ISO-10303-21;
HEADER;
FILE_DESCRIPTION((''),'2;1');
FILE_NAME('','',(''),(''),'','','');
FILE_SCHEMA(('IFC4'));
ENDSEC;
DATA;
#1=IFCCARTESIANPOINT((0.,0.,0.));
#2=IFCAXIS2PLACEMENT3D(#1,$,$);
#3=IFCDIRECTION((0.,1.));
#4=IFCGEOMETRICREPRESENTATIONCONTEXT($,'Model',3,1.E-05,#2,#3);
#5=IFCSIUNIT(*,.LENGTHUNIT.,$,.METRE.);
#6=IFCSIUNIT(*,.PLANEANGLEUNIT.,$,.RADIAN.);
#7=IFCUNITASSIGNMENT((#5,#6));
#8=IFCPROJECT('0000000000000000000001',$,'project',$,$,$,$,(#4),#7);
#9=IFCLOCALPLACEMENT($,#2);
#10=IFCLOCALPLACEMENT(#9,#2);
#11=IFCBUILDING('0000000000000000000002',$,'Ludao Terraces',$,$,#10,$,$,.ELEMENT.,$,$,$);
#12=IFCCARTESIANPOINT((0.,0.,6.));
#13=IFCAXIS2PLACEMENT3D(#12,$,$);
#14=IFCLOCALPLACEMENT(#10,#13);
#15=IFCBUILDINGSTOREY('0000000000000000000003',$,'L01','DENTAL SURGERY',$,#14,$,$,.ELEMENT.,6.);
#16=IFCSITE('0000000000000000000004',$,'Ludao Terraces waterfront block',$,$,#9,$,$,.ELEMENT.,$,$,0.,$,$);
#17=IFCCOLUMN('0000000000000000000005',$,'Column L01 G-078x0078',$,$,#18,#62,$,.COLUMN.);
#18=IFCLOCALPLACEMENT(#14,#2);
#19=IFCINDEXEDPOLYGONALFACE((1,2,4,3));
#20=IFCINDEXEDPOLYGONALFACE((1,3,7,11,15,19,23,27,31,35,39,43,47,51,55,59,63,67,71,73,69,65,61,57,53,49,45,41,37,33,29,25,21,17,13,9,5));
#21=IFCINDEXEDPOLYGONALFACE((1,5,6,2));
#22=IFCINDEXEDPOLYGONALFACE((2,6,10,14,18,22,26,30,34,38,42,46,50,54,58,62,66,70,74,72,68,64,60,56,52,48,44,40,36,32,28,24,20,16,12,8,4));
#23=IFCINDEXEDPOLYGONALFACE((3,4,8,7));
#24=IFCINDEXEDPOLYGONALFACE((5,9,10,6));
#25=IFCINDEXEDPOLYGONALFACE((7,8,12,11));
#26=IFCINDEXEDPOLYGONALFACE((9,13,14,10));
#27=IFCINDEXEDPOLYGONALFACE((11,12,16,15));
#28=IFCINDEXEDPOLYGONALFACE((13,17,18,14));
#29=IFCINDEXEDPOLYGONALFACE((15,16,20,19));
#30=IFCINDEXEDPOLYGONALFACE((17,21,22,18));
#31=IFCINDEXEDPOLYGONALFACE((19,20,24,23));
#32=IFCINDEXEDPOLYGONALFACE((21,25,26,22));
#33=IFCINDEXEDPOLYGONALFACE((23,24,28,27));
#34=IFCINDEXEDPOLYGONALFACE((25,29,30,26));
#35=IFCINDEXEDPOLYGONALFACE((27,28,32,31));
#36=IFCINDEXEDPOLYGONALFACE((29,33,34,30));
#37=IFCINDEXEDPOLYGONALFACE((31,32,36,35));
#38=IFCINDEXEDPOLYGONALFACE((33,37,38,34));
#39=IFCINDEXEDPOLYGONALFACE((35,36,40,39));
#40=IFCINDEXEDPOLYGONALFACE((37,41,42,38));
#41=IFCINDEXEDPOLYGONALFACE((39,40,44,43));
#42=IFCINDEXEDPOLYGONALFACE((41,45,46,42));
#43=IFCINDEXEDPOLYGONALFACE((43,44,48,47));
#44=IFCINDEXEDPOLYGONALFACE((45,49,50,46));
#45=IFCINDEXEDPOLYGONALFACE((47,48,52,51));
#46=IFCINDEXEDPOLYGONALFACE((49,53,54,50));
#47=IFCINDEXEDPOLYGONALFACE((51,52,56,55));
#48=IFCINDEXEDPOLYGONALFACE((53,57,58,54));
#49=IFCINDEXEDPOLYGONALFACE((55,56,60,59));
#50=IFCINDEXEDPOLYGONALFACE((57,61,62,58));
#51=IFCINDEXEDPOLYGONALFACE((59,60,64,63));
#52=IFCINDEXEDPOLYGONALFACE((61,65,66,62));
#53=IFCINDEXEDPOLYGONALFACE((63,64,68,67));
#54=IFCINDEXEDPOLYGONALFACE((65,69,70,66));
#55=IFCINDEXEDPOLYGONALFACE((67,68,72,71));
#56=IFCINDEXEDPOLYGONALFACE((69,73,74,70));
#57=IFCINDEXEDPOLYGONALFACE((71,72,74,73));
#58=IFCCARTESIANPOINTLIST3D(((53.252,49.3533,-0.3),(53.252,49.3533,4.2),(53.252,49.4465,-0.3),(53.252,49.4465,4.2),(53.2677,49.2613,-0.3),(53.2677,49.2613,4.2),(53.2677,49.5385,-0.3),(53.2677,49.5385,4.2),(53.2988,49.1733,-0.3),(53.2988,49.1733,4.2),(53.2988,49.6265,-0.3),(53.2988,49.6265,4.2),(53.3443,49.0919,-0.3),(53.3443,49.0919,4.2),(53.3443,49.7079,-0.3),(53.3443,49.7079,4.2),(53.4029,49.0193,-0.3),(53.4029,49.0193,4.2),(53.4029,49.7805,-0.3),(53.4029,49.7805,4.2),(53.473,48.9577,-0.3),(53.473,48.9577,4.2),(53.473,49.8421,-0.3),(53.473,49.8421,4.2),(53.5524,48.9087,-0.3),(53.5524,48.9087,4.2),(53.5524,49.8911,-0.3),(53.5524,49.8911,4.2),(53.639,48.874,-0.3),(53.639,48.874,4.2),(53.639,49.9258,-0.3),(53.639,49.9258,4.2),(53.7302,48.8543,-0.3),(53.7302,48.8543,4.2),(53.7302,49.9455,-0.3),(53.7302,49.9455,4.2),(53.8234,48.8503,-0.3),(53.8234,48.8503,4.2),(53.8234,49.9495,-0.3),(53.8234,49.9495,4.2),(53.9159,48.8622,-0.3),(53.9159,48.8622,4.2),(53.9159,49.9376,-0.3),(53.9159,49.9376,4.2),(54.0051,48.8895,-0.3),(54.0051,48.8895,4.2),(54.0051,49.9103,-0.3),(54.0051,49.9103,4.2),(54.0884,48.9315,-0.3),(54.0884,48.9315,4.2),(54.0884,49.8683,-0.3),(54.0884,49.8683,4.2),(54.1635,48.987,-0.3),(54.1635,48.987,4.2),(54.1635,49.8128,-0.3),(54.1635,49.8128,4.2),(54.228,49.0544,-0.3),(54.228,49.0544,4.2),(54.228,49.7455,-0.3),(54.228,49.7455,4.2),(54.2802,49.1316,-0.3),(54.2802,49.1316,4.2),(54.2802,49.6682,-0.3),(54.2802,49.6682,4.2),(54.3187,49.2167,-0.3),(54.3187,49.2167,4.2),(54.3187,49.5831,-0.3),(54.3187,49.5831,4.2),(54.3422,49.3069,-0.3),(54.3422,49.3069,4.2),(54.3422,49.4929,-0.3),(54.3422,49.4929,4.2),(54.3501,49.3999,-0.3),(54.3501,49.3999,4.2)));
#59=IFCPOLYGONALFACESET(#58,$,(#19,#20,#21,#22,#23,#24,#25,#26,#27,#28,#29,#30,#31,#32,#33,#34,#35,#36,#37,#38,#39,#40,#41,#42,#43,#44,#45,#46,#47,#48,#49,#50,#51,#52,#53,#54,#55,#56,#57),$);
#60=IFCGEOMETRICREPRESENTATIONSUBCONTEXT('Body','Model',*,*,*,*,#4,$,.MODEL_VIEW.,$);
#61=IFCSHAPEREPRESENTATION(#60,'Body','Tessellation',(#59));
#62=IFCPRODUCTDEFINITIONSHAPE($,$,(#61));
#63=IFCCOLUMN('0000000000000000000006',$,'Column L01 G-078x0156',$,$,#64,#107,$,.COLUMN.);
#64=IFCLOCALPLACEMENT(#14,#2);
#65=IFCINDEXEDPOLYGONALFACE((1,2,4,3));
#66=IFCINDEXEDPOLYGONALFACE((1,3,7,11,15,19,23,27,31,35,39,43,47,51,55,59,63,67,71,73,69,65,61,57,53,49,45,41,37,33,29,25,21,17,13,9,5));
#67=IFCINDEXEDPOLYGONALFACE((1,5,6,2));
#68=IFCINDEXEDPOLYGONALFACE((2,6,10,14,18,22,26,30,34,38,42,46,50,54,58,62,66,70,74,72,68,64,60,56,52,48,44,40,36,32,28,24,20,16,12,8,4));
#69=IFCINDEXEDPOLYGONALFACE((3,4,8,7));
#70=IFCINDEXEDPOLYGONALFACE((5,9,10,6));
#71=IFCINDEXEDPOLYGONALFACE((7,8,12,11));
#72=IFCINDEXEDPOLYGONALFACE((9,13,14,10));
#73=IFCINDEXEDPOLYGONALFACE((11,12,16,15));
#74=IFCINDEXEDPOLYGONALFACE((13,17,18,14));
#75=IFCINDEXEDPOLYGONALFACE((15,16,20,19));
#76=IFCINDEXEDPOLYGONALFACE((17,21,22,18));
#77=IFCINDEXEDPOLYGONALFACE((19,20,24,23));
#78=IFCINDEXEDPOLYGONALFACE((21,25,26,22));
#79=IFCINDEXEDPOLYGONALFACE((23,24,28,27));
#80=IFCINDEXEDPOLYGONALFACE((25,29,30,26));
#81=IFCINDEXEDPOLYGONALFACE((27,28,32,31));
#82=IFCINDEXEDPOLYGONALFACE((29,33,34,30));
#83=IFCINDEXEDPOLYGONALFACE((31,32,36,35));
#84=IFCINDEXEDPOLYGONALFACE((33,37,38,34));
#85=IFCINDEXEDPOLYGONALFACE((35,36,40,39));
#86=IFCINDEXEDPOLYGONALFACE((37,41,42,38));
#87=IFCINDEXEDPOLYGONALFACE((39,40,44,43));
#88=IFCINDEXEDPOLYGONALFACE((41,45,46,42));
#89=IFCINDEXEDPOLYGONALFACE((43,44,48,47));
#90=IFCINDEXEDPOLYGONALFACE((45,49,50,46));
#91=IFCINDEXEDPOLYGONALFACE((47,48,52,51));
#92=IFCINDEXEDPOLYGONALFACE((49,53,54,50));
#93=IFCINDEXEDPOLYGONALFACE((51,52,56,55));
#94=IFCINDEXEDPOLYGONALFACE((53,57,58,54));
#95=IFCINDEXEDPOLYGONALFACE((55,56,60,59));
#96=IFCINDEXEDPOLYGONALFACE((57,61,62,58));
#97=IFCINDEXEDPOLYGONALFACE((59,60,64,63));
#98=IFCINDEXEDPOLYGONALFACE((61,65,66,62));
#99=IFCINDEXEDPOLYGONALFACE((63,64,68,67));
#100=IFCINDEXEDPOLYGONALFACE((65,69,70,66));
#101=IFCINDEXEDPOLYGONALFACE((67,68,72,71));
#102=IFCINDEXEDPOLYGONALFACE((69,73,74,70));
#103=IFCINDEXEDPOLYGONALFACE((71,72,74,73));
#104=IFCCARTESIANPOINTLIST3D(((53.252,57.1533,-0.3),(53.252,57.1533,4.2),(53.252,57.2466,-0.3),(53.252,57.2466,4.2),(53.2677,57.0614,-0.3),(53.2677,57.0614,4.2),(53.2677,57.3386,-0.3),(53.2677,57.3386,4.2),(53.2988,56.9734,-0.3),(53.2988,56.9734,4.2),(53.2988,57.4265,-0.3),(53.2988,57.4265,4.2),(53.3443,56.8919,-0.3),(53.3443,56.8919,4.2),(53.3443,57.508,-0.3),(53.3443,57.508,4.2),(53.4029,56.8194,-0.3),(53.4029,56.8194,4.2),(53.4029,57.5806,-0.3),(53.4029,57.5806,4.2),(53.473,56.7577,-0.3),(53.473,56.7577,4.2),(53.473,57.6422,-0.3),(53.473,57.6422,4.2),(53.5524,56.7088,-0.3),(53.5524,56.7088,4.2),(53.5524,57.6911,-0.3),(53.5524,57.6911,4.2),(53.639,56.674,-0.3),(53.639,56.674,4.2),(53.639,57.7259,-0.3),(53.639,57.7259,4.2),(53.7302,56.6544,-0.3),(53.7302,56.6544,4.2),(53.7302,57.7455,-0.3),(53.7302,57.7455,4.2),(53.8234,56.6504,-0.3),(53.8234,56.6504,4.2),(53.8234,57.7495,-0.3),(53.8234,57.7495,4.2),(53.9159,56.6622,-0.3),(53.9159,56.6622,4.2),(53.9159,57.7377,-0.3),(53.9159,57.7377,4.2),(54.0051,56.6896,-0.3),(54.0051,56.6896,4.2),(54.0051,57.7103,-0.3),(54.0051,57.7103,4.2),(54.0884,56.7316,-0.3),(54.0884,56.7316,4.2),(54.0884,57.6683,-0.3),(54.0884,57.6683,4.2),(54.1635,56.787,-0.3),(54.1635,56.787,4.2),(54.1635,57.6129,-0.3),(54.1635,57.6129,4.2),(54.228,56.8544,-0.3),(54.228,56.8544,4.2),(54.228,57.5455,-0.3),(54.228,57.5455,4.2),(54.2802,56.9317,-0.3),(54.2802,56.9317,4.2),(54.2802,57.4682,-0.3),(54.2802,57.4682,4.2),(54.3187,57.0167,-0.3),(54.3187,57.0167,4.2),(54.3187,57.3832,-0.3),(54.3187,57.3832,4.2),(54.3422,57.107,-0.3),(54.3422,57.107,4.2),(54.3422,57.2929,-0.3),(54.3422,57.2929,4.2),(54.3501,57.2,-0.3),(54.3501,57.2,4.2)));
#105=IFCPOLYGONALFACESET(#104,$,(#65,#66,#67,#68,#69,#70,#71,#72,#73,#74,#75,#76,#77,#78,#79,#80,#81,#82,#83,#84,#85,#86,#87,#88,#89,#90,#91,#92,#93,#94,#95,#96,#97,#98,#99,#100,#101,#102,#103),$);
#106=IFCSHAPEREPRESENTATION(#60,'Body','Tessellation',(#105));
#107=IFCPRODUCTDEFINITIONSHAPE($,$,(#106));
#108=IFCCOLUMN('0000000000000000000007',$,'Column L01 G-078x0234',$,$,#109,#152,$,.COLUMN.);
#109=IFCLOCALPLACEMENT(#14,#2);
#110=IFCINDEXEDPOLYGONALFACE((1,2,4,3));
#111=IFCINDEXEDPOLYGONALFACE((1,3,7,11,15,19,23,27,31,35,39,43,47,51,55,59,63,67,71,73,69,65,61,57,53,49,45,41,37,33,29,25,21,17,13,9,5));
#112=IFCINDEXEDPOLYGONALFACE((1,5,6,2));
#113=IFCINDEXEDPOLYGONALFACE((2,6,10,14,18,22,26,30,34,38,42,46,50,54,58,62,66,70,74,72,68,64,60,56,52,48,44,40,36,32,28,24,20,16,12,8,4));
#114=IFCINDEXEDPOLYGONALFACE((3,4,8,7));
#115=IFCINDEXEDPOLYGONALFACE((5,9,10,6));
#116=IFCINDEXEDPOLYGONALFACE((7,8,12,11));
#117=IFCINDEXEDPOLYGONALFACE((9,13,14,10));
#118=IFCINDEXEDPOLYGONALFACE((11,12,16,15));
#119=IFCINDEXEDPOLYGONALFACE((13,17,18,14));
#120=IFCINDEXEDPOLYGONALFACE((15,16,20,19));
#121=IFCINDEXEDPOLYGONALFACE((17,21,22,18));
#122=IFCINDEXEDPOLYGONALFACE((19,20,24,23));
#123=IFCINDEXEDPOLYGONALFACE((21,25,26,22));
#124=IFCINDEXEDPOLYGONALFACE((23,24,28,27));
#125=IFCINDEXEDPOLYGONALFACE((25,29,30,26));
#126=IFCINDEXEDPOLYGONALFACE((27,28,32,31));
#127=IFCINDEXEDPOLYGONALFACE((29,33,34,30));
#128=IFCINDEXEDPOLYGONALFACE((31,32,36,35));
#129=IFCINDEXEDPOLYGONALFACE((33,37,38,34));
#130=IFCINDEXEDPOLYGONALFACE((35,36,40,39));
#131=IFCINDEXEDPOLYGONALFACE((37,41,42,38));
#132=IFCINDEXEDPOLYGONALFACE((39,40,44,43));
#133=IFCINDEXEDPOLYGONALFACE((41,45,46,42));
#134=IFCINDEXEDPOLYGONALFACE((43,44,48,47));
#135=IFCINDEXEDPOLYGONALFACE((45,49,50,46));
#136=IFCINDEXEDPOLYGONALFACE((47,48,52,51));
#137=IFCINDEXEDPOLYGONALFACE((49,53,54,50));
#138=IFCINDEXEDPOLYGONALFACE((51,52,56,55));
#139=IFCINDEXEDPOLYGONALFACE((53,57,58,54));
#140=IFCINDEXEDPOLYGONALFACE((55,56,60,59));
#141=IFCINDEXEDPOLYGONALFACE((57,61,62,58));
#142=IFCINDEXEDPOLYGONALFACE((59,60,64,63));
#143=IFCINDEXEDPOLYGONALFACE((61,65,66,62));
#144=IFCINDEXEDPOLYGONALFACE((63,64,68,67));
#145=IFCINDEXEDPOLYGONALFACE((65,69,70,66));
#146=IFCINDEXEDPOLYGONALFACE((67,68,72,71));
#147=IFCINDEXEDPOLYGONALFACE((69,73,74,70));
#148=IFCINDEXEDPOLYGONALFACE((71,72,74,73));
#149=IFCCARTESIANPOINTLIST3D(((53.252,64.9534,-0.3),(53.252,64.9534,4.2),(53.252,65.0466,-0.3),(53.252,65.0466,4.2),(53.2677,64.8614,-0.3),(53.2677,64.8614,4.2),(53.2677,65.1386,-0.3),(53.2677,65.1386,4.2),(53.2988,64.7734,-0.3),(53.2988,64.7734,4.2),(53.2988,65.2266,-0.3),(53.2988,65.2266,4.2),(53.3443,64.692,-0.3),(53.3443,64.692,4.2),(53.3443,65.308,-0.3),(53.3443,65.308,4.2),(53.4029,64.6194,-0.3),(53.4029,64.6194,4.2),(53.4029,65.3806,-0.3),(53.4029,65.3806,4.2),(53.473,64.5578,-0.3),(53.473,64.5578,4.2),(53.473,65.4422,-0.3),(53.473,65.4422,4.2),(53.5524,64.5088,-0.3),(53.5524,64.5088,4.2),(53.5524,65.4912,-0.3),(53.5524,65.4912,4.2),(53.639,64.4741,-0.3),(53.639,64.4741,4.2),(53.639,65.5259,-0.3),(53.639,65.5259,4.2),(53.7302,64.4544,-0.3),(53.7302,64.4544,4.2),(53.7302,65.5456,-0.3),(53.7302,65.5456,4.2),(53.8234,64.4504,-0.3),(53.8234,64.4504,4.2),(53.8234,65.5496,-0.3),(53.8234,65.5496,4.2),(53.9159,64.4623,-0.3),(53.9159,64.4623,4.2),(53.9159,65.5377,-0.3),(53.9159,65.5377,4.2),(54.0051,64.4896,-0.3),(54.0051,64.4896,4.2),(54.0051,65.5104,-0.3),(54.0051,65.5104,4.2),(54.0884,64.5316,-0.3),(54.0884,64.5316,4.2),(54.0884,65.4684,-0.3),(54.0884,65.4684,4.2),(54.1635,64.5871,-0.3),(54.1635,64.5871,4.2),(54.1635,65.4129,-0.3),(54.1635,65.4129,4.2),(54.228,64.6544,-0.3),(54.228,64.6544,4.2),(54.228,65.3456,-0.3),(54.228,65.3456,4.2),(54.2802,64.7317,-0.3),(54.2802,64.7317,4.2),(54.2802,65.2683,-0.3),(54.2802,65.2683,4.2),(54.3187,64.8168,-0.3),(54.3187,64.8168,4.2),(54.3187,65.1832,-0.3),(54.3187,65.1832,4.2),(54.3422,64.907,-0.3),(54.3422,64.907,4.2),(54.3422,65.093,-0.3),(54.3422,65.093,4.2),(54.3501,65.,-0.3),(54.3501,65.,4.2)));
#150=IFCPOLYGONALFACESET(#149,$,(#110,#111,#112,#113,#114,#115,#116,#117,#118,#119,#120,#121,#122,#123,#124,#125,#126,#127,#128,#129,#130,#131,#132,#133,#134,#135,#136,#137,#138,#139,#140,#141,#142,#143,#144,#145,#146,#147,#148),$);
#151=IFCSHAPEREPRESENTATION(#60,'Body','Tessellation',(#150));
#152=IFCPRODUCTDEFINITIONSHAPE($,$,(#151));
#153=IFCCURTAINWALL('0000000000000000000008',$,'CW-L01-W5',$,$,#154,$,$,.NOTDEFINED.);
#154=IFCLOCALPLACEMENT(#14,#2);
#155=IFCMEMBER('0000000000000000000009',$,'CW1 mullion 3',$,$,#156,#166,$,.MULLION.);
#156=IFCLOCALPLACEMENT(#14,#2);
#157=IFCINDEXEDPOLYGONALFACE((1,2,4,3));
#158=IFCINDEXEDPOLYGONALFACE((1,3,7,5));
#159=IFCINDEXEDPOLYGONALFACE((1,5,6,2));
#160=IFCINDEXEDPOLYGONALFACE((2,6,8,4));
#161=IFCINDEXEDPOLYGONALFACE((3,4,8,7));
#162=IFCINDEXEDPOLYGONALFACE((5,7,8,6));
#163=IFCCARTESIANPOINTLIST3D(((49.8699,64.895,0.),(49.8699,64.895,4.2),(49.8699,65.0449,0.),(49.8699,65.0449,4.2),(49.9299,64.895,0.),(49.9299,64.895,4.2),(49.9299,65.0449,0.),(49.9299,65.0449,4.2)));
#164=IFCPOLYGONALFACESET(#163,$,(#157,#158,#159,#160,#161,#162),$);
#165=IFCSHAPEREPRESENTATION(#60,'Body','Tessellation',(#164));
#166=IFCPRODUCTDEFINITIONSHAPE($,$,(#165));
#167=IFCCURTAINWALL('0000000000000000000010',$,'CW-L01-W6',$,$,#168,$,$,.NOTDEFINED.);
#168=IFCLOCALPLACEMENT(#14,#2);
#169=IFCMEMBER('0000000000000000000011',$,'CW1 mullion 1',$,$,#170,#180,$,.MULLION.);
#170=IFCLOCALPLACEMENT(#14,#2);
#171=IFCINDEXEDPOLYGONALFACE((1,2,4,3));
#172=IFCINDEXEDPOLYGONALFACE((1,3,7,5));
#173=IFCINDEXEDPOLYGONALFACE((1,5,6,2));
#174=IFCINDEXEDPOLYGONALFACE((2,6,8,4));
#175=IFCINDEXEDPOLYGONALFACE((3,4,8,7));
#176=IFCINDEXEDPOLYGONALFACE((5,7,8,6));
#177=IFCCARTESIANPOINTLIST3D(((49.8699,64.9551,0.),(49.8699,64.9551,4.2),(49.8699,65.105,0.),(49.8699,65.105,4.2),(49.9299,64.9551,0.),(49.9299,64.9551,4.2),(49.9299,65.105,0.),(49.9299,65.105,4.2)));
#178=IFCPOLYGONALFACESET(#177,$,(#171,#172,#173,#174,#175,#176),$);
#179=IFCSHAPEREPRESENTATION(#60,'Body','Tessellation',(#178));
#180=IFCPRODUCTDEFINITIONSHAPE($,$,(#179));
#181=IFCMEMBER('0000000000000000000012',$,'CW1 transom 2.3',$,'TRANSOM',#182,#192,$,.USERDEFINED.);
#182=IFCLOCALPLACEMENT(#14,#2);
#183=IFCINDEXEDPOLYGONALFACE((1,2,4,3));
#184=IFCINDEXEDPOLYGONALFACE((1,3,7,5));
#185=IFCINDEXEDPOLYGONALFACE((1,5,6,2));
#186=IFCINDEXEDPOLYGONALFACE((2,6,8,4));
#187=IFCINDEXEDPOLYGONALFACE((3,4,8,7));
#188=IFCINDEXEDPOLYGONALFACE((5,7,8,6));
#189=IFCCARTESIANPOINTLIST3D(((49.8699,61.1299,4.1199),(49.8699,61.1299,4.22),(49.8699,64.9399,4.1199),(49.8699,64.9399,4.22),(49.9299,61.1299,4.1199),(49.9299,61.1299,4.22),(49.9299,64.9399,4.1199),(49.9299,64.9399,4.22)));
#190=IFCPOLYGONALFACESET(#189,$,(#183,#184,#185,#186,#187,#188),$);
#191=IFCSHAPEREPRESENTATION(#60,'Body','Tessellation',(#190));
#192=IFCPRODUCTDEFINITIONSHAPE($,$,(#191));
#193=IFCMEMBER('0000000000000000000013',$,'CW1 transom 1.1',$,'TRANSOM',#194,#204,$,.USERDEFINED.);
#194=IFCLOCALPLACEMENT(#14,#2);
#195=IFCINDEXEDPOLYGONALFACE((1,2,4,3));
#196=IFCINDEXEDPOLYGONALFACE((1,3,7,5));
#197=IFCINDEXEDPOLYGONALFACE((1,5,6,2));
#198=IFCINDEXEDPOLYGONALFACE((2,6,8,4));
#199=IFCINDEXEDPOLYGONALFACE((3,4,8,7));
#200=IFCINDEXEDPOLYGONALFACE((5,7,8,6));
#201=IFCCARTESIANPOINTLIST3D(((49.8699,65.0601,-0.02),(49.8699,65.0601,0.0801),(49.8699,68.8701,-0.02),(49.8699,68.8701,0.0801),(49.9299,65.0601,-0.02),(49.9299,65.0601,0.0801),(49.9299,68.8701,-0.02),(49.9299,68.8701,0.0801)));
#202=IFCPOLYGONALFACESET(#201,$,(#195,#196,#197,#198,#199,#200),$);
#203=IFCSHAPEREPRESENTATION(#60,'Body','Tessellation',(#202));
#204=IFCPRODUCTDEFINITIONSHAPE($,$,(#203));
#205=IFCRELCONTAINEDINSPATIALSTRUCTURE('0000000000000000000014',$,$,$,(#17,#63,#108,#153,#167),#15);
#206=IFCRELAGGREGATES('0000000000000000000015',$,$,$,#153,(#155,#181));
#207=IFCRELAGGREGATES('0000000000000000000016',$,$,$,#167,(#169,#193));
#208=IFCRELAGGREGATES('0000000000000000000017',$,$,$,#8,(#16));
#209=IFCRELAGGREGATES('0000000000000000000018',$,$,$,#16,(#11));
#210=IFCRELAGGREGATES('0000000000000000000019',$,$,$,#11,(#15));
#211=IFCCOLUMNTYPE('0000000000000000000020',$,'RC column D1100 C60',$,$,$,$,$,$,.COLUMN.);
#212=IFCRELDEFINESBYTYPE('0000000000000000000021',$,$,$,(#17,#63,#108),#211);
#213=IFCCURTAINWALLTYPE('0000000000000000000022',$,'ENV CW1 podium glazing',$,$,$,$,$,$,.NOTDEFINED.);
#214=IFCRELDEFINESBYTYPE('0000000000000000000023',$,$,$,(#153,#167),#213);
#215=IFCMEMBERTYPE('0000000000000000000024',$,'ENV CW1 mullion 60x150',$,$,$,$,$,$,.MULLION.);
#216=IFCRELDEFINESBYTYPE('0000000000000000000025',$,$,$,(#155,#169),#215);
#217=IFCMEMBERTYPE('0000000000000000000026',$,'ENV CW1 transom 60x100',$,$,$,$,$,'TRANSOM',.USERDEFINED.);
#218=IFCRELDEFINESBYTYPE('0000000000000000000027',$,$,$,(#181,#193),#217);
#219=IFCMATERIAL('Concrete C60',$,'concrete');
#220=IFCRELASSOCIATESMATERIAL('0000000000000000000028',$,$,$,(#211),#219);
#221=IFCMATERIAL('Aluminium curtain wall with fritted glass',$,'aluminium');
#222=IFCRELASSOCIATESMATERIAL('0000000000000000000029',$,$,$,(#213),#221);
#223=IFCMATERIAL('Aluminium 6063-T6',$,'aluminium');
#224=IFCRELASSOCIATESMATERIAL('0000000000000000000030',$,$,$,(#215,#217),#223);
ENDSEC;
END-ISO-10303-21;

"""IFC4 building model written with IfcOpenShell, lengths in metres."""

from ifc_helpers import new_model, si_unit, direction, frame, origin, origin_2d, place, context, subcontext, project, spatial, rectangle, circle, extrude, material, material_profile, profile_set, type_object, element, aggregate, save


model = new_model("IFC4")

# Units and contexts
model_context = context("Model", 3, precision=1e-05, world=origin(), true_north=direction((0.0, 1.0)))
body_context = subcontext(model_context, "Body", "Model", "MODEL_VIEW")
ifc_project = project(units=[si_unit("LENGTHUNIT", "METRE"), si_unit("PLANEANGLEUNIT", "RADIAN")], contexts=[model_context])

# Site, building, storey
site_placement = place(None, origin())
site = spatial("IfcSite", under=ifc_project, at=site_placement, Name="Ludao Terraces waterfront block", CompositionType="ELEMENT", RefElevation=0.0)
building_placement = place(site_placement, origin())
building = spatial("IfcBuilding", under=site, at=building_placement, Name="Ludao Terraces", CompositionType="ELEMENT")
storey_placement = place(building_placement, frame((0.0, 0.0, 6.0)))
storey = spatial("IfcBuildingStorey", under=building, at=storey_placement, Name="L01", Description="DENTAL SURGERY", CompositionType="ELEMENT", Elevation=6.0)

# Columns
ifc_material_1 = material(Name="Concrete C60", Category="concrete")
ifc_material_profile_1 = material_profile(ifc_material_1, circle(Radius=0.55, at=origin_2d()), Name="D1100")
ifc_profile_set_1 = profile_set([ifc_material_profile_1], Name="Concrete C60")
column_type = type_object("IfcColumnType", Name="RC column D1100 C60", PredefinedType="COLUMN", material=ifc_profile_set_1)
for number, where, z_axis, x_axis, name in (
    (1, (53.8, 49.3999, -0.3), (0.0, 0.0, 1.0), (1.0, 0.0, 0.0), "Column L01 G-078x0078"),
    (2, (53.8, 57.2, -0.3), (0.0, 0.0, 1.0), (1.0, 0.0, 0.0), "Column L01 G-078x0156"),
    (3, (53.8, 65.0, -0.3), (0.0, 0.0, 1.0), (1.0, 0.0, 0.0), "Column L01 G-078x0234"),
):
    element("IfcColumn", number, at=place(storey_placement, frame(where, z_axis=z_axis, x_axis=x_axis)), inside=storey, type_object=column_type, Name=name, PredefinedType="COLUMN", context=body_context, shape_type="SweptSolid", body=[
        extrude(circle(Radius=0.55, at=origin_2d()), origin(), (0.0, 0.0, 1.0), 4.5),
    ])

# Curtain walls, members
ifc_material_2 = material(Name="Aluminium curtain wall with fritted glass", Category="aluminium")
curtain_wall_type = type_object("IfcCurtainWallType", Name="ENV CW1 podium glazing", PredefinedType="NOTDEFINED", material=ifc_material_2)
curtain_wall_1_placement = place(storey_placement, origin())
curtain_wall_1 = element("IfcCurtainWall", 4, at=curtain_wall_1_placement, inside=storey, type_object=curtain_wall_type, Name="CW-L01-W5", PredefinedType="NOTDEFINED")
ifc_material_3 = material(Name="Aluminium 6063-T6", Category="aluminium")
ifc_material_profile_2 = material_profile(ifc_material_3, rectangle(XDim=0.0601, YDim=0.1499, at=origin_2d()), Name="60 X 150")
ifc_profile_set_2 = profile_set([ifc_material_profile_2], Name="Aluminium 6063-T6")
member_type_1 = type_object("IfcMemberType", Name="ENV CW1 mullion 60x150", PredefinedType="MULLION", material=ifc_profile_set_2)
member_1_placement = place(storey_placement, frame((49.8999, 64.97, 0.0), z_axis=(0.0, 0.0, 1.0), x_axis=(-1.0, 0.0, 0.0)))
member_1 = element("IfcMember", 5, at=member_1_placement, type_object=member_type_1, Name="CW1 mullion 3", PredefinedType="MULLION", context=body_context, shape_type="SweptSolid", body=[
    extrude(rectangle(XDim=0.0601, YDim=0.1499, at=origin_2d()), origin(), (0.0, 0.0, 1.0), 4.2),
])
curtain_wall_2_placement = place(storey_placement, origin())
curtain_wall_2 = element("IfcCurtainWall", 6, at=curtain_wall_2_placement, inside=storey, type_object=curtain_wall_type, Name="CW-L01-W6", PredefinedType="NOTDEFINED")
member_2_placement = place(storey_placement, frame((49.8999, 65.03, 0.0), z_axis=(0.0, 0.0, 1.0), x_axis=(-1.0, 0.0, 0.0)))
member_2 = element("IfcMember", 7, at=member_2_placement, type_object=member_type_1, Name="CW1 mullion 1", PredefinedType="MULLION", context=body_context, shape_type="SweptSolid", body=[
    extrude(rectangle(XDim=0.0601, YDim=0.1499, at=origin_2d()), origin(), (0.0, 0.0, 1.0), 4.2),
])

# Members
ifc_material_profile_3 = material_profile(ifc_material_3, rectangle(XDim=0.0601, YDim=0.1001, at=origin_2d()), Name="60 X 100")
ifc_profile_set_3 = profile_set([ifc_material_profile_3], Name="Aluminium 6063-T6")
member_type_2 = type_object("IfcMemberType", Name="ENV CW1 transom 60x100", ElementType="TRANSOM", PredefinedType="USERDEFINED", material=ifc_profile_set_3)
member_3_placement = place(storey_placement, frame((49.8999, 61.1299, 4.1699), z_axis=(0.0, 1.0, 0.0), x_axis=(-1.0, 0.0, 0.0)))
member_3 = element("IfcMember", 8, at=member_3_placement, type_object=member_type_2, Name="CW1 transom 2.3", ObjectType="TRANSOM", PredefinedType="USERDEFINED", context=body_context, shape_type="SweptSolid", body=[
    extrude(rectangle(XDim=0.0601, YDim=0.1001, at=origin_2d()), origin(), (0.0, 0.0, 1.0), 3.8101),
])
member_4_placement = place(storey_placement, frame((49.8999, 65.0601, 0.03), z_axis=(0.0, 1.0, 0.0), x_axis=(-1.0, 0.0, 0.0)))
member_4 = element("IfcMember", 9, at=member_4_placement, type_object=member_type_2, Name="CW1 transom 1.1", ObjectType="TRANSOM", PredefinedType="USERDEFINED", context=body_context, shape_type="SweptSolid", body=[
    extrude(rectangle(XDim=0.0601, YDim=0.1001, at=origin_2d()), origin(), (0.0, 0.0, 1.0), 3.8101),
])

aggregate(curtain_wall_1, [member_1, member_3])
aggregate(curtain_wall_2, [member_2, member_4])

save(model, "model.ifc")
